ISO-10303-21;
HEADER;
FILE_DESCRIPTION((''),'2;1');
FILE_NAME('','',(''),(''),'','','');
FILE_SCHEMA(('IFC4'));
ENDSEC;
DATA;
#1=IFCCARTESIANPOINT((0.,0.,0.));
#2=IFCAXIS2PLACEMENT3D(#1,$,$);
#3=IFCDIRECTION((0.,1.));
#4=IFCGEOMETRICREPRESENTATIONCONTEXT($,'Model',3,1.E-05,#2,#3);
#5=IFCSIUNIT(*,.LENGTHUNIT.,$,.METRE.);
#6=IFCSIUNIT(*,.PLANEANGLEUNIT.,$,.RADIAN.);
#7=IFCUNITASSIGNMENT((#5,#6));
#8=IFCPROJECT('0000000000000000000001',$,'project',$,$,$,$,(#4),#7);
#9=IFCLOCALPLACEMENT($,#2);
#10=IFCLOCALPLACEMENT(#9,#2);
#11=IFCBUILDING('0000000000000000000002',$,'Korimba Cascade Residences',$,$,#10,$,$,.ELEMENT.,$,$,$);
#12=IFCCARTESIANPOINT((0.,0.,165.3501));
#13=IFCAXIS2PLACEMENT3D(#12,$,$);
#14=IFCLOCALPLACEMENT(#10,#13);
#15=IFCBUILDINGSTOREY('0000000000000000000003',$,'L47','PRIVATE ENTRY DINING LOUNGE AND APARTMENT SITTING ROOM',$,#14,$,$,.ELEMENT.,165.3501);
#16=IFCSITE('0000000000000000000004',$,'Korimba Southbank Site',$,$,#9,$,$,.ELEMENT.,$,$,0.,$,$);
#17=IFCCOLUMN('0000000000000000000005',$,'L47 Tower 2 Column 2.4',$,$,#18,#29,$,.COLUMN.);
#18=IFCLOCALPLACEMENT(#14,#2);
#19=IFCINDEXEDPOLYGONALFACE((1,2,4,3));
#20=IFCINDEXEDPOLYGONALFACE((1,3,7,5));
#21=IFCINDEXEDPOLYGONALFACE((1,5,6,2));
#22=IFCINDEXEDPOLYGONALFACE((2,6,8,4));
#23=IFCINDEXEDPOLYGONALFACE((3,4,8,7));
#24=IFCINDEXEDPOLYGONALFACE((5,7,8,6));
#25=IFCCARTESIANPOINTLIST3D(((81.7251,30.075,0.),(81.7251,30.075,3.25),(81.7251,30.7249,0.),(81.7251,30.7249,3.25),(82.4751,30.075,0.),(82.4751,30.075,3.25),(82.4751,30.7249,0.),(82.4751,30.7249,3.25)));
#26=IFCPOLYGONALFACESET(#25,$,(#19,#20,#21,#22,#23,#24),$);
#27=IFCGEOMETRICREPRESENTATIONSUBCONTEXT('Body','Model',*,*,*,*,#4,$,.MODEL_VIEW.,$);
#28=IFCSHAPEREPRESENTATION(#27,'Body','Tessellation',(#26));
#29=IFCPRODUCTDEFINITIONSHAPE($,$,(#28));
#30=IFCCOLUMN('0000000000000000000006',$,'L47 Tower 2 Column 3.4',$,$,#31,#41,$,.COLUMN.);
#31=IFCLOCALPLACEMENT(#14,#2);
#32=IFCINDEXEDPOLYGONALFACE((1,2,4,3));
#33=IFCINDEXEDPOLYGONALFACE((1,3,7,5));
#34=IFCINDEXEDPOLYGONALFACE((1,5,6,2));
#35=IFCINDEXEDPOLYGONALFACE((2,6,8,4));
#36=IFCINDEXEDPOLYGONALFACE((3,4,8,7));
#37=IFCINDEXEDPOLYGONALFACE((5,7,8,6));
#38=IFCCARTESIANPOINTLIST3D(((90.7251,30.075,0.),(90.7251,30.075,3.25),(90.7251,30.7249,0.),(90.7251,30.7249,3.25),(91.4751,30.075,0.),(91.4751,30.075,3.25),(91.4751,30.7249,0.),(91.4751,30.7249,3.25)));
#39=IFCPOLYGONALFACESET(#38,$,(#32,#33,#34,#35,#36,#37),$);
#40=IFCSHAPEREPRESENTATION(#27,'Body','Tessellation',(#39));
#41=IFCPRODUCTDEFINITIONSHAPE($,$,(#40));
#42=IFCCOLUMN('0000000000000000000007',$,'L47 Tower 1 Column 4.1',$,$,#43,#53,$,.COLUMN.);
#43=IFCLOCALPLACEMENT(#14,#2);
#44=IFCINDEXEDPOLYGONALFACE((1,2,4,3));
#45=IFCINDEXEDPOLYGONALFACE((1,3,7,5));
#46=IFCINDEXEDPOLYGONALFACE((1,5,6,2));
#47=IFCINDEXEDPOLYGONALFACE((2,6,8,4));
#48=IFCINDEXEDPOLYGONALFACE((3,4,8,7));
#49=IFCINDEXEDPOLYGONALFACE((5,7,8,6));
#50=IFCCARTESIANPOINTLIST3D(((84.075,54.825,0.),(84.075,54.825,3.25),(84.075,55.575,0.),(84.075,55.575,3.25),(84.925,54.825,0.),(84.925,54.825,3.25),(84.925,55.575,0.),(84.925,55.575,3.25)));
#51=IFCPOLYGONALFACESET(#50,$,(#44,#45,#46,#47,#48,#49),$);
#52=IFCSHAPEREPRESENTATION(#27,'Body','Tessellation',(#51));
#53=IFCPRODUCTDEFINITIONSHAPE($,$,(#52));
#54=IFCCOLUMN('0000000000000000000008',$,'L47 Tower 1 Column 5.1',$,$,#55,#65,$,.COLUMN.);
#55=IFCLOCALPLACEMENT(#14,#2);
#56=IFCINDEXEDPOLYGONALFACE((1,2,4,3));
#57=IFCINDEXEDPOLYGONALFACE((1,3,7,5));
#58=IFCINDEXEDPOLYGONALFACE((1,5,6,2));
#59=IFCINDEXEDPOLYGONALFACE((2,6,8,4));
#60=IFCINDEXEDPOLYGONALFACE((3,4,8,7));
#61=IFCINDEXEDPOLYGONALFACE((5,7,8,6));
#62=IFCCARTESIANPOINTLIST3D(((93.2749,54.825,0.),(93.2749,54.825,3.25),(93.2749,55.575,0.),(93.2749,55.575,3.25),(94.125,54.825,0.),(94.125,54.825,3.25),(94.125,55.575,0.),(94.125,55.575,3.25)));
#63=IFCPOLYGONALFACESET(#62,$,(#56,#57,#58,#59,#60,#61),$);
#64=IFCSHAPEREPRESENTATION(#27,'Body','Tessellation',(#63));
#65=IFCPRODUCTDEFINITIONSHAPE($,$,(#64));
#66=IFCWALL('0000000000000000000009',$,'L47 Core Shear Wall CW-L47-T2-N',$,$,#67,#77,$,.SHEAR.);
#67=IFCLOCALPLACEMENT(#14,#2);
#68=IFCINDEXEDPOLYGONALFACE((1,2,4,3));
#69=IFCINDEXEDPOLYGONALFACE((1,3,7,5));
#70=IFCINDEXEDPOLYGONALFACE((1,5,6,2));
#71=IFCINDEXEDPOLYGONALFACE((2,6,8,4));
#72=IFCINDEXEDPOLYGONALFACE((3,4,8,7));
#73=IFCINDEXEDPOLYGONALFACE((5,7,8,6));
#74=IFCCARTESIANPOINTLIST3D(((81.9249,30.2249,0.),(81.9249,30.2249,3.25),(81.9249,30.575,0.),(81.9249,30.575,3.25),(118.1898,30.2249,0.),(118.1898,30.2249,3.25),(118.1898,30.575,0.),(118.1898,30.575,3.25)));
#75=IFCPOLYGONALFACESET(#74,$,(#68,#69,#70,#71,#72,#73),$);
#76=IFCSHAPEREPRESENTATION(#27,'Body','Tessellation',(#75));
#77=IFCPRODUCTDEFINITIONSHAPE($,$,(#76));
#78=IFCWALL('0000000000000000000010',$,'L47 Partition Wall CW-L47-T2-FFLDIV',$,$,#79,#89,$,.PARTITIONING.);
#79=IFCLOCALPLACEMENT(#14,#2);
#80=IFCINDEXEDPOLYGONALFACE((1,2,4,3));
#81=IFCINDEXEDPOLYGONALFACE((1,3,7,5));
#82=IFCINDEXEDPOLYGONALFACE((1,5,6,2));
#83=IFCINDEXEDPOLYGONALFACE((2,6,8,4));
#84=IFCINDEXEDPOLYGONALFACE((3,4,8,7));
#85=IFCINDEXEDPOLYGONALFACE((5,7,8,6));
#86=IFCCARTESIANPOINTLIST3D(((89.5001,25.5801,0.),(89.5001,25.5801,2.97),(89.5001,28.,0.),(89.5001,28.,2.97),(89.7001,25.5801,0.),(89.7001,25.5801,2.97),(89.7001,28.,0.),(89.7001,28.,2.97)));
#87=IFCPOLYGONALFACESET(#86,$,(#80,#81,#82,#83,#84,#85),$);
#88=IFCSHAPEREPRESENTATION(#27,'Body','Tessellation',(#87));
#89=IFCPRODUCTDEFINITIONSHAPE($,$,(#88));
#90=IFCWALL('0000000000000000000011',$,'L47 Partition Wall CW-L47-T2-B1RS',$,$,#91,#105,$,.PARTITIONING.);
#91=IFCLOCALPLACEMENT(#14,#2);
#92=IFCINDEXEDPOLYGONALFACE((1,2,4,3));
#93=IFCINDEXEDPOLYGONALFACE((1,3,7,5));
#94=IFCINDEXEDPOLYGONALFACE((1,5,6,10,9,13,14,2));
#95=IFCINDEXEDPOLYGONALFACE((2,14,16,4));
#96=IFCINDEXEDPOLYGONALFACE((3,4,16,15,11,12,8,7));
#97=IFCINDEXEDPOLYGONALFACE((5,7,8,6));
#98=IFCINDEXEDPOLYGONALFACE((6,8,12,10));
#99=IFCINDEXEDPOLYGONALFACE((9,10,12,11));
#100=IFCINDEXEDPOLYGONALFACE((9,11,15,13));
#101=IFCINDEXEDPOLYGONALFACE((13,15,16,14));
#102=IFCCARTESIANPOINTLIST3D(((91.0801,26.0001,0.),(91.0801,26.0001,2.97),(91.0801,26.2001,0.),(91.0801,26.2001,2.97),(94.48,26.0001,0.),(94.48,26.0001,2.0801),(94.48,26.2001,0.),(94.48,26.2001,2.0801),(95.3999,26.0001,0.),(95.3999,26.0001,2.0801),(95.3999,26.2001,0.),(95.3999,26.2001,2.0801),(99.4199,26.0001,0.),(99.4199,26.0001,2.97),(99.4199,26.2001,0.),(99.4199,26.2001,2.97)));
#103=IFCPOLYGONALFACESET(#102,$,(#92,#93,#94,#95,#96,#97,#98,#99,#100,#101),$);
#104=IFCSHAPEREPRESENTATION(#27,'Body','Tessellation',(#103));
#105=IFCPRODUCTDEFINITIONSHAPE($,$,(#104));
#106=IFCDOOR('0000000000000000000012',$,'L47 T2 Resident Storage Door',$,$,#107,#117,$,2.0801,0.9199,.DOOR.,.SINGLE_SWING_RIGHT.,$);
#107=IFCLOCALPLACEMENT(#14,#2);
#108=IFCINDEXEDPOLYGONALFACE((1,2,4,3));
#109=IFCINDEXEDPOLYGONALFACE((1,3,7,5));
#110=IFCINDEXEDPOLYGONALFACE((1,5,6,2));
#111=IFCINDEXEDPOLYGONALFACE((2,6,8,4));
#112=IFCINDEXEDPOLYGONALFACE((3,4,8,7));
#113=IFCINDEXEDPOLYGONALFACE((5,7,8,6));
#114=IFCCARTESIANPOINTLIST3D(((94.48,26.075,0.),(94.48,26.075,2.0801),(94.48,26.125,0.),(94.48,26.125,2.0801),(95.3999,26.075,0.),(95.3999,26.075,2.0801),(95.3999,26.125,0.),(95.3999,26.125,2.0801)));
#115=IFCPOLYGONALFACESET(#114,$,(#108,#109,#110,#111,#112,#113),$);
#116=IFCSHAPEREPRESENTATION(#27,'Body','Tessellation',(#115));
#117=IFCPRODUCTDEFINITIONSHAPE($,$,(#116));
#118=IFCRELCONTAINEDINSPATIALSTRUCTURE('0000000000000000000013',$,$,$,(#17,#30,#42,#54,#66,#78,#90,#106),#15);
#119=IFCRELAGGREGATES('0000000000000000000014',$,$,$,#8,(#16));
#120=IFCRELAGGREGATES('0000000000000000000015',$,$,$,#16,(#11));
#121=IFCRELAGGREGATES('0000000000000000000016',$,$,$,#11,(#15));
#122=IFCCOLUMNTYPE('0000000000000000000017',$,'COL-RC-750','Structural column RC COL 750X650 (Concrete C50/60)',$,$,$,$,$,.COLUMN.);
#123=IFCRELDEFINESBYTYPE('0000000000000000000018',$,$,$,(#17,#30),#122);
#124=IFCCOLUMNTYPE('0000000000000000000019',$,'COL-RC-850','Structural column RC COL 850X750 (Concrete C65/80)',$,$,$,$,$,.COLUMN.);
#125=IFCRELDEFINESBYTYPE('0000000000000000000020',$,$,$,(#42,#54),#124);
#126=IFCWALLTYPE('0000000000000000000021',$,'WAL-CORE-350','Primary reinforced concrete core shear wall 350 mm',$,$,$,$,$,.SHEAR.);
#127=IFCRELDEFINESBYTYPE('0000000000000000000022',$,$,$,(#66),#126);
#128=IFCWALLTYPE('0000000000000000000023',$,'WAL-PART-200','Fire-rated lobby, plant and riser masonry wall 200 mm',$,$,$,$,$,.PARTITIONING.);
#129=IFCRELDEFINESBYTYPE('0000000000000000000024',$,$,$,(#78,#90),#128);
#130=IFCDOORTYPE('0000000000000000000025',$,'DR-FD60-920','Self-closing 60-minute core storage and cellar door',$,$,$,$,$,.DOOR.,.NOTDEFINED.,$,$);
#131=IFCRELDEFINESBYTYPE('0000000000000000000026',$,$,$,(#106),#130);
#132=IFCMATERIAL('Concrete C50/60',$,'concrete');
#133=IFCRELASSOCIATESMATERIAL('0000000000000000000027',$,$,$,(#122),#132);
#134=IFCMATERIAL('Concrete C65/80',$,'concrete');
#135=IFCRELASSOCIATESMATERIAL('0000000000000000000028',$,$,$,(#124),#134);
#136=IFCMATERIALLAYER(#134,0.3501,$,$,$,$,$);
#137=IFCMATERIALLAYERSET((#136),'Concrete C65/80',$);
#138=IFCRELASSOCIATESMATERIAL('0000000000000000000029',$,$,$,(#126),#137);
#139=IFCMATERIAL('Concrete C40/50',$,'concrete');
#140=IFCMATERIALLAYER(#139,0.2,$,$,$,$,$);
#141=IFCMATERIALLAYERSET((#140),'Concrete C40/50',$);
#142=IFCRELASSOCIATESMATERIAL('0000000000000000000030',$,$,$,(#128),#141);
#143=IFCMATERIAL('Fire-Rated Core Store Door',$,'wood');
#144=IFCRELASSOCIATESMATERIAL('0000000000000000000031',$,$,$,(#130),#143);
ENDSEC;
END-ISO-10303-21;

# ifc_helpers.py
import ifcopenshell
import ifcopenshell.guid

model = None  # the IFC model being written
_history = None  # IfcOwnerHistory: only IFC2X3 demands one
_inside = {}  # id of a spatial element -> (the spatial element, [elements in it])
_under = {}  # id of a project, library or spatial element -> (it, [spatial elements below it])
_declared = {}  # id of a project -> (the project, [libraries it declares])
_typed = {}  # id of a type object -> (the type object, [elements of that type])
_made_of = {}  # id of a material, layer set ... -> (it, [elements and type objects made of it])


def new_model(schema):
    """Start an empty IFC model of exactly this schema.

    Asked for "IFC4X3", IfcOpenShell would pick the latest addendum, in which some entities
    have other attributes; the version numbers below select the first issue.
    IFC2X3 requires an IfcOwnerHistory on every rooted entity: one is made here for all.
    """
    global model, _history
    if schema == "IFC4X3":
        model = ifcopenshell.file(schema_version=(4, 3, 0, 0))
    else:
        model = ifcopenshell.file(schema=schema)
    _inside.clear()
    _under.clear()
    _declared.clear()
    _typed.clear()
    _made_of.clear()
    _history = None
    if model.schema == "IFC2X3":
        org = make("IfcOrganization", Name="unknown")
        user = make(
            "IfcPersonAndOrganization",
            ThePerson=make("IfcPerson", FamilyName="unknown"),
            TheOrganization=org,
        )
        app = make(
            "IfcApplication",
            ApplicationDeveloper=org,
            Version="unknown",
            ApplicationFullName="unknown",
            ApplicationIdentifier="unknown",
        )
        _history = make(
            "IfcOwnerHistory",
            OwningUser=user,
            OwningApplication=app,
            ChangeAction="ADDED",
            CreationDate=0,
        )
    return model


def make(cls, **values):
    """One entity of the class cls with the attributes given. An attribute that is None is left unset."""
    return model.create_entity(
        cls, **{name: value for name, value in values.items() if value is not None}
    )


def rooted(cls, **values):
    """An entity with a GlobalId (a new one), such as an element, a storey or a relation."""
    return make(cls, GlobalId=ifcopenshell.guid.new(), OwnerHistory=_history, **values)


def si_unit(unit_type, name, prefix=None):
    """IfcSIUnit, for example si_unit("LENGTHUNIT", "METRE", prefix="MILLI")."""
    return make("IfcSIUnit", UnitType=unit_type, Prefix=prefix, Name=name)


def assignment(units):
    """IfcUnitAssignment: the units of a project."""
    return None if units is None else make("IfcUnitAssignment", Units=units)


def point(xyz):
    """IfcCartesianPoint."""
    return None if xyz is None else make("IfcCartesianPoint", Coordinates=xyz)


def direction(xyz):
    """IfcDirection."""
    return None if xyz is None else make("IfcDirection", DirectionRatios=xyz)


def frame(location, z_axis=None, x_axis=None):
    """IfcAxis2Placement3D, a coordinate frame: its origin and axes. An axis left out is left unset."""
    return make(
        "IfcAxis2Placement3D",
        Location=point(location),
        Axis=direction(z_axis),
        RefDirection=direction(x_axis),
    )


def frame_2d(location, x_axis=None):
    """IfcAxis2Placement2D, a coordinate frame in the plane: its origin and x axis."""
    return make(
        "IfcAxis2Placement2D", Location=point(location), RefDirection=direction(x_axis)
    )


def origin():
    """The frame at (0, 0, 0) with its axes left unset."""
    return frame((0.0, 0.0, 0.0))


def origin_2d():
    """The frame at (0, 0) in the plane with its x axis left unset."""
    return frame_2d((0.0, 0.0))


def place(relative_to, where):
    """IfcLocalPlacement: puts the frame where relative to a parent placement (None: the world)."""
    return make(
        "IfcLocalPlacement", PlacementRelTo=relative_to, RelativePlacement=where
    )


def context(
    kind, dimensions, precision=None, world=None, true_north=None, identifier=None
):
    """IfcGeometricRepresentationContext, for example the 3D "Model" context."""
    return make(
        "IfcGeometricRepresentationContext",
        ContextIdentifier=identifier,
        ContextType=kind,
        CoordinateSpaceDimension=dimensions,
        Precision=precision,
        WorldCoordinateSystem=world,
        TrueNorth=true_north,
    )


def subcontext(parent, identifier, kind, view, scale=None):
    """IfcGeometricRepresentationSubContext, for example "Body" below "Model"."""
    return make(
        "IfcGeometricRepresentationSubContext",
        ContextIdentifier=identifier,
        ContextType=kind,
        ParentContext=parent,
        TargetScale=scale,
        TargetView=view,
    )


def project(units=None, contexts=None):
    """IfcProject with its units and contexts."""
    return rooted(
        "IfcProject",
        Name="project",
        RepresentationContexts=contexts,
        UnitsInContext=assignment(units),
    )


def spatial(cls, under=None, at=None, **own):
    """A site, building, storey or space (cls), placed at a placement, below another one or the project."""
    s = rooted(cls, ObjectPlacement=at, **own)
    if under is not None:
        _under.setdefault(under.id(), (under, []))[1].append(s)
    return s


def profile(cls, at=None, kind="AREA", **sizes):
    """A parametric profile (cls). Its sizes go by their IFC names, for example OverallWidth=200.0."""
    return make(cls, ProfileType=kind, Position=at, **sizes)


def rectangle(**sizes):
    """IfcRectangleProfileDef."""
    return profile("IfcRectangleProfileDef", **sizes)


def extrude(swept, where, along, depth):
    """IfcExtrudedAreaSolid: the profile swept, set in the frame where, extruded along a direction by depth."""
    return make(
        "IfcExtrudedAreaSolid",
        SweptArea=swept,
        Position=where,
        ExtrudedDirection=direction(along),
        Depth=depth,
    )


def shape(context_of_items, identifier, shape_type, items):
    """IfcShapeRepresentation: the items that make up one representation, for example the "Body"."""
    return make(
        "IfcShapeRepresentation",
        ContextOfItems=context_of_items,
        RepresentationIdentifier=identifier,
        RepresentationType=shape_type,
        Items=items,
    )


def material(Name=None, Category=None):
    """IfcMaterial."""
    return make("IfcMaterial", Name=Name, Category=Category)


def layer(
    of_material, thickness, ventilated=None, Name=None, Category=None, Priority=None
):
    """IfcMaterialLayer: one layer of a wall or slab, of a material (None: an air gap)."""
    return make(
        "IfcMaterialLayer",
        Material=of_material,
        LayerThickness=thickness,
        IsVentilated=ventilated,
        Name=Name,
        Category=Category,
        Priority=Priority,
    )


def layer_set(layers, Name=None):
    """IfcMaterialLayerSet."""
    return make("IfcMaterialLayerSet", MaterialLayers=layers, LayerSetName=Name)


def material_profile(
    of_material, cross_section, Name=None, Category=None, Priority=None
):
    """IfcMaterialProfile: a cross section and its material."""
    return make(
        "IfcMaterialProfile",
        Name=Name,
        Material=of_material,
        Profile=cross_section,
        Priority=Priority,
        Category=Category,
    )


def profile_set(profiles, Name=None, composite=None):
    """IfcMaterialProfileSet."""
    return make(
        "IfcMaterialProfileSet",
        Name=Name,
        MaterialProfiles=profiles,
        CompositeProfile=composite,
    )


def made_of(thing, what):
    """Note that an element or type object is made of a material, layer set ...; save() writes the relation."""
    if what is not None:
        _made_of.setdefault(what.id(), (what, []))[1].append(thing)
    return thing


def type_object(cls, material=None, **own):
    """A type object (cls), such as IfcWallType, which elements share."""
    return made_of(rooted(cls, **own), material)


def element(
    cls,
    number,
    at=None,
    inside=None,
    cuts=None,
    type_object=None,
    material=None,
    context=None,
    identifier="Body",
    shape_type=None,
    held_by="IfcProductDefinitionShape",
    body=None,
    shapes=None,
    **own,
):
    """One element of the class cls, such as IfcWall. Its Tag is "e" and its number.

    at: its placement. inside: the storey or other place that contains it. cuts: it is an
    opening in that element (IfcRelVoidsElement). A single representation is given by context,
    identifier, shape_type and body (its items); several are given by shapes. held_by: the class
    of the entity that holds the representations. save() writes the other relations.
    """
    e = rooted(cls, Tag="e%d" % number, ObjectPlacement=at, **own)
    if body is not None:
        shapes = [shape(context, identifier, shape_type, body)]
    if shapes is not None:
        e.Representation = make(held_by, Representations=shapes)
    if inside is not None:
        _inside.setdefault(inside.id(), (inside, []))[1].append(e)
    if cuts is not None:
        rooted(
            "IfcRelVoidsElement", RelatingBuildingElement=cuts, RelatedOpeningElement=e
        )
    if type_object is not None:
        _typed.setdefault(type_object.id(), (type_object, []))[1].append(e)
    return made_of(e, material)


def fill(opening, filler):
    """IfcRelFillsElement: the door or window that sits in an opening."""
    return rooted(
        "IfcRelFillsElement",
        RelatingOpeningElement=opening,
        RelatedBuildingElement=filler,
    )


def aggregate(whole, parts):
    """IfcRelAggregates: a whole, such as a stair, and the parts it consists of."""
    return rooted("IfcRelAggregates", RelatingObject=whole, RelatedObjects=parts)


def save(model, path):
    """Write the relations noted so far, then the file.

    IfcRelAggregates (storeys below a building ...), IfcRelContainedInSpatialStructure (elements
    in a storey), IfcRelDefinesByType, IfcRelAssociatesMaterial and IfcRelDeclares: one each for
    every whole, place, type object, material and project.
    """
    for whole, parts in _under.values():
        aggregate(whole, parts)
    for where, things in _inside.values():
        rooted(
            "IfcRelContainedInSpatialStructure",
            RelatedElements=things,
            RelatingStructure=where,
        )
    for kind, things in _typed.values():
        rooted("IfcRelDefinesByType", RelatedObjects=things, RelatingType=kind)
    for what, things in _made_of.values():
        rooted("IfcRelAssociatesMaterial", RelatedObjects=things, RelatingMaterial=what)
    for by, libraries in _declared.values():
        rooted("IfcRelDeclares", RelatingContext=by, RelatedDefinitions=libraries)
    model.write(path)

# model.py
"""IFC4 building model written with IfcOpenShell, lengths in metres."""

from ifc_helpers import new_model, si_unit, direction, frame, frame_2d, origin, origin_2d, place, context, subcontext, project, spatial, rectangle, extrude, material, layer, layer_set, material_profile, profile_set, type_object, element, fill, save


model = new_model("IFC4")

# Units and contexts
model_context = context("Model", 3, precision=1e-05, world=origin(), true_north=direction((0.0, 1.0)))
body_context = subcontext(model_context, "Body", "Model", "MODEL_VIEW")
ifc_project = project(units=[si_unit("LENGTHUNIT", "METRE"), si_unit("PLANEANGLEUNIT", "RADIAN")], contexts=[model_context])

# Site, building, storey
site_placement = place(None, origin())
site = spatial("IfcSite", under=ifc_project, at=site_placement, Name="Korimba Southbank Site", CompositionType="ELEMENT", RefElevation=0.0)
building_placement = place(site_placement, origin())
building = spatial("IfcBuilding", under=site, at=building_placement, Name="Korimba Cascade Residences", CompositionType="ELEMENT")
storey_placement = place(building_placement, frame((0.0, 0.0, 165.3501)))
storey = spatial("IfcBuildingStorey", under=building, at=storey_placement, Name="L47", Description="PRIVATE ENTRY DINING LOUNGE AND APARTMENT SITTING ROOM", CompositionType="ELEMENT", Elevation=165.3501)

# Columns
ifc_material_1 = material(Name="Concrete C50/60", Category="concrete")
ifc_material_profile_1 = material_profile(ifc_material_1, rectangle(XDim=0.75, YDim=0.6499, at=origin_2d()), Name="Concrete C50/60")
ifc_profile_set_1 = profile_set([ifc_material_profile_1], Name="Concrete C50/60")
column_type_1 = type_object("IfcColumnType", Name="COL-RC-750", Description="Structural column RC COL 750X650 (Concrete C50/60)", PredefinedType="COLUMN", material=ifc_profile_set_1)
for number, where, z_axis, x_axis, name in (
    (1, (82.1001, 30.3999, 0.0), (0.0, 0.0, 1.0), (1.0, 0.0, 0.0), "L47 Tower 2 Column 2.4"),
    (2, (91.1001, 30.3999, 0.0), (0.0, 0.0, 1.0), (1.0, 0.0, 0.0), "L47 Tower 2 Column 3.4"),
):
    element("IfcColumn", number, at=place(storey_placement, frame(where, z_axis=z_axis, x_axis=x_axis)), inside=storey, type_object=column_type_1, Name=name, PredefinedType="COLUMN", context=body_context, shape_type="SweptSolid", body=[
        extrude(rectangle(XDim=0.75, YDim=0.6499, at=origin_2d()), origin(), (0.0, 0.0, 1.0), 3.25),
    ])
ifc_material_2 = material(Name="Concrete C65/80", Category="concrete")
ifc_material_profile_2 = material_profile(ifc_material_2, rectangle(XDim=0.8501, YDim=0.75, at=origin_2d()), Name="Concrete C65/80")
ifc_profile_set_2 = profile_set([ifc_material_profile_2], Name="Concrete C65/80")
column_type_2 = type_object("IfcColumnType", Name="COL-RC-850", Description="Structural column RC COL 850X750 (Concrete C65/80)", PredefinedType="COLUMN", material=ifc_profile_set_2)
for number, where, z_axis, x_axis, name in (
    (3, (84.5, 55.2, 0.0), (0.0, 0.0, 1.0), (1.0, 0.0, 0.0), "L47 Tower 1 Column 4.1"),
    (4, (93.7, 55.2, 0.0), (0.0, 0.0, 1.0), (1.0, 0.0, 0.0), "L47 Tower 1 Column 5.1"),
):
    element("IfcColumn", number, at=place(storey_placement, frame(where, z_axis=z_axis, x_axis=x_axis)), inside=storey, type_object=column_type_2, Name=name, PredefinedType="COLUMN", context=body_context, shape_type="SweptSolid", body=[
        extrude(rectangle(XDim=0.8501, YDim=0.75, at=origin_2d()), origin(), (0.0, 0.0, 1.0), 3.25),
    ])

# Walls
ifc_layer_1 = layer(ifc_material_2, 0.3501)
ifc_layer_set_1 = layer_set([ifc_layer_1], Name="Concrete C65/80")
wall_type_1 = type_object("IfcWallType", Name="WAL-CORE-350", Description="Primary reinforced concrete core shear wall 350 mm", PredefinedType="SHEAR", material=ifc_layer_set_1)
wall_1_placement = place(storey_placement, frame((81.925, 30.3999, 0.0), z_axis=(0.0, 0.0, 1.0), x_axis=(1.0, 0.0, 0.0)))
element("IfcWall", 5, at=wall_1_placement, inside=storey, type_object=wall_type_1, Name="L47 Core Shear Wall CW-L47-T2-N", PredefinedType="SHEAR", context=body_context, shape_type="SweptSolid", body=[
    extrude(rectangle(XDim=36.2649, YDim=0.3501, at=frame_2d((18.1323, 0.0))), origin(), (0.0, 0.0, 1.0), 3.25),
])
ifc_material_3 = material(Name="Concrete C40/50", Category="concrete")
ifc_layer_2 = layer(ifc_material_3, 0.2)
ifc_layer_set_2 = layer_set([ifc_layer_2], Name="Concrete C40/50")
wall_type_2 = type_object("IfcWallType", Name="WAL-PART-200", Description="Fire-rated lobby, plant and riser masonry wall 200 mm", PredefinedType="PARTITIONING", material=ifc_layer_set_2)
wall_2_placement = place(storey_placement, frame((89.6001, 25.5801, 0.0), z_axis=(0.0, 0.0, 1.0), x_axis=(0.0, 1.0, 0.0)))
element("IfcWall", 6, at=wall_2_placement, inside=storey, type_object=wall_type_2, Name="L47 Partition Wall CW-L47-T2-FFLDIV", PredefinedType="PARTITIONING", context=body_context, shape_type="SweptSolid", body=[
    extrude(rectangle(XDim=2.4199, YDim=0.2, at=frame_2d((1.21, 0.0))), origin(), (0.0, 0.0, 1.0), 2.97),
])

# Wall, opening, door
wall_3_placement = place(storey_placement, frame((91.0801, 26.1001, 0.0), z_axis=(0.0, 0.0, 1.0), x_axis=(1.0, 0.0, 0.0)))
wall_3 = element("IfcWall", 7, at=wall_3_placement, inside=storey, type_object=wall_type_2, Name="L47 Partition Wall CW-L47-T2-B1RS", PredefinedType="PARTITIONING", context=body_context, shape_type="SweptSolid", body=[
    extrude(rectangle(XDim=8.3398, YDim=0.2, at=frame_2d((4.1699, 0.0))), origin(), (0.0, 0.0, 1.0), 2.97),
])
opening_1_placement = place(wall_3_placement, frame((3.3999, 0.0, 0.0)))
opening_1 = element("IfcOpeningElement", 8, at=opening_1_placement, cuts=wall_3, PredefinedType="OPENING", context=body_context, shape_type="SweptSolid", body=[
    extrude(rectangle(XDim=0.9199, YDim=2.0801, at=frame_2d((0.46, 1.04))), frame((0.0, 0.1099, 0.0), z_axis=(0.0, -1.0, 0.0), x_axis=(1.0, 0.0, 0.0)), (0.0, 0.0, 1.0), 0.22),
])
ifc_material_4 = material(Name="Fire-Rated Core Store Door", Category="wood")
door_type_1 = type_object("IfcDoorType", Name="DR-FD60-920", Description="Self-closing 60-minute core storage and cellar door", OperationType="NOTDEFINED", PredefinedType="DOOR", material=ifc_material_4)
door_1_placement = place(opening_1_placement, origin())
door_1 = element("IfcDoor", 9, at=door_1_placement, inside=storey, type_object=door_type_1, Name="L47 T2 Resident Storage Door", OperationType="SINGLE_SWING_RIGHT", OverallHeight=2.0801, OverallWidth=0.9199, PredefinedType="DOOR", context=body_context, shape_type="SweptSolid", body=[
    extrude(rectangle(XDim=0.9199, YDim=2.0801, at=frame_2d((0.46, 1.04))), frame((0.0, 0.0249, 0.0), z_axis=(0.0, -1.0, 0.0), x_axis=(1.0, 0.0, 0.0)), (0.0, 0.0, 1.0), 0.05),
])
fill(opening_1, door_1)

save(model, "model.ifc")
